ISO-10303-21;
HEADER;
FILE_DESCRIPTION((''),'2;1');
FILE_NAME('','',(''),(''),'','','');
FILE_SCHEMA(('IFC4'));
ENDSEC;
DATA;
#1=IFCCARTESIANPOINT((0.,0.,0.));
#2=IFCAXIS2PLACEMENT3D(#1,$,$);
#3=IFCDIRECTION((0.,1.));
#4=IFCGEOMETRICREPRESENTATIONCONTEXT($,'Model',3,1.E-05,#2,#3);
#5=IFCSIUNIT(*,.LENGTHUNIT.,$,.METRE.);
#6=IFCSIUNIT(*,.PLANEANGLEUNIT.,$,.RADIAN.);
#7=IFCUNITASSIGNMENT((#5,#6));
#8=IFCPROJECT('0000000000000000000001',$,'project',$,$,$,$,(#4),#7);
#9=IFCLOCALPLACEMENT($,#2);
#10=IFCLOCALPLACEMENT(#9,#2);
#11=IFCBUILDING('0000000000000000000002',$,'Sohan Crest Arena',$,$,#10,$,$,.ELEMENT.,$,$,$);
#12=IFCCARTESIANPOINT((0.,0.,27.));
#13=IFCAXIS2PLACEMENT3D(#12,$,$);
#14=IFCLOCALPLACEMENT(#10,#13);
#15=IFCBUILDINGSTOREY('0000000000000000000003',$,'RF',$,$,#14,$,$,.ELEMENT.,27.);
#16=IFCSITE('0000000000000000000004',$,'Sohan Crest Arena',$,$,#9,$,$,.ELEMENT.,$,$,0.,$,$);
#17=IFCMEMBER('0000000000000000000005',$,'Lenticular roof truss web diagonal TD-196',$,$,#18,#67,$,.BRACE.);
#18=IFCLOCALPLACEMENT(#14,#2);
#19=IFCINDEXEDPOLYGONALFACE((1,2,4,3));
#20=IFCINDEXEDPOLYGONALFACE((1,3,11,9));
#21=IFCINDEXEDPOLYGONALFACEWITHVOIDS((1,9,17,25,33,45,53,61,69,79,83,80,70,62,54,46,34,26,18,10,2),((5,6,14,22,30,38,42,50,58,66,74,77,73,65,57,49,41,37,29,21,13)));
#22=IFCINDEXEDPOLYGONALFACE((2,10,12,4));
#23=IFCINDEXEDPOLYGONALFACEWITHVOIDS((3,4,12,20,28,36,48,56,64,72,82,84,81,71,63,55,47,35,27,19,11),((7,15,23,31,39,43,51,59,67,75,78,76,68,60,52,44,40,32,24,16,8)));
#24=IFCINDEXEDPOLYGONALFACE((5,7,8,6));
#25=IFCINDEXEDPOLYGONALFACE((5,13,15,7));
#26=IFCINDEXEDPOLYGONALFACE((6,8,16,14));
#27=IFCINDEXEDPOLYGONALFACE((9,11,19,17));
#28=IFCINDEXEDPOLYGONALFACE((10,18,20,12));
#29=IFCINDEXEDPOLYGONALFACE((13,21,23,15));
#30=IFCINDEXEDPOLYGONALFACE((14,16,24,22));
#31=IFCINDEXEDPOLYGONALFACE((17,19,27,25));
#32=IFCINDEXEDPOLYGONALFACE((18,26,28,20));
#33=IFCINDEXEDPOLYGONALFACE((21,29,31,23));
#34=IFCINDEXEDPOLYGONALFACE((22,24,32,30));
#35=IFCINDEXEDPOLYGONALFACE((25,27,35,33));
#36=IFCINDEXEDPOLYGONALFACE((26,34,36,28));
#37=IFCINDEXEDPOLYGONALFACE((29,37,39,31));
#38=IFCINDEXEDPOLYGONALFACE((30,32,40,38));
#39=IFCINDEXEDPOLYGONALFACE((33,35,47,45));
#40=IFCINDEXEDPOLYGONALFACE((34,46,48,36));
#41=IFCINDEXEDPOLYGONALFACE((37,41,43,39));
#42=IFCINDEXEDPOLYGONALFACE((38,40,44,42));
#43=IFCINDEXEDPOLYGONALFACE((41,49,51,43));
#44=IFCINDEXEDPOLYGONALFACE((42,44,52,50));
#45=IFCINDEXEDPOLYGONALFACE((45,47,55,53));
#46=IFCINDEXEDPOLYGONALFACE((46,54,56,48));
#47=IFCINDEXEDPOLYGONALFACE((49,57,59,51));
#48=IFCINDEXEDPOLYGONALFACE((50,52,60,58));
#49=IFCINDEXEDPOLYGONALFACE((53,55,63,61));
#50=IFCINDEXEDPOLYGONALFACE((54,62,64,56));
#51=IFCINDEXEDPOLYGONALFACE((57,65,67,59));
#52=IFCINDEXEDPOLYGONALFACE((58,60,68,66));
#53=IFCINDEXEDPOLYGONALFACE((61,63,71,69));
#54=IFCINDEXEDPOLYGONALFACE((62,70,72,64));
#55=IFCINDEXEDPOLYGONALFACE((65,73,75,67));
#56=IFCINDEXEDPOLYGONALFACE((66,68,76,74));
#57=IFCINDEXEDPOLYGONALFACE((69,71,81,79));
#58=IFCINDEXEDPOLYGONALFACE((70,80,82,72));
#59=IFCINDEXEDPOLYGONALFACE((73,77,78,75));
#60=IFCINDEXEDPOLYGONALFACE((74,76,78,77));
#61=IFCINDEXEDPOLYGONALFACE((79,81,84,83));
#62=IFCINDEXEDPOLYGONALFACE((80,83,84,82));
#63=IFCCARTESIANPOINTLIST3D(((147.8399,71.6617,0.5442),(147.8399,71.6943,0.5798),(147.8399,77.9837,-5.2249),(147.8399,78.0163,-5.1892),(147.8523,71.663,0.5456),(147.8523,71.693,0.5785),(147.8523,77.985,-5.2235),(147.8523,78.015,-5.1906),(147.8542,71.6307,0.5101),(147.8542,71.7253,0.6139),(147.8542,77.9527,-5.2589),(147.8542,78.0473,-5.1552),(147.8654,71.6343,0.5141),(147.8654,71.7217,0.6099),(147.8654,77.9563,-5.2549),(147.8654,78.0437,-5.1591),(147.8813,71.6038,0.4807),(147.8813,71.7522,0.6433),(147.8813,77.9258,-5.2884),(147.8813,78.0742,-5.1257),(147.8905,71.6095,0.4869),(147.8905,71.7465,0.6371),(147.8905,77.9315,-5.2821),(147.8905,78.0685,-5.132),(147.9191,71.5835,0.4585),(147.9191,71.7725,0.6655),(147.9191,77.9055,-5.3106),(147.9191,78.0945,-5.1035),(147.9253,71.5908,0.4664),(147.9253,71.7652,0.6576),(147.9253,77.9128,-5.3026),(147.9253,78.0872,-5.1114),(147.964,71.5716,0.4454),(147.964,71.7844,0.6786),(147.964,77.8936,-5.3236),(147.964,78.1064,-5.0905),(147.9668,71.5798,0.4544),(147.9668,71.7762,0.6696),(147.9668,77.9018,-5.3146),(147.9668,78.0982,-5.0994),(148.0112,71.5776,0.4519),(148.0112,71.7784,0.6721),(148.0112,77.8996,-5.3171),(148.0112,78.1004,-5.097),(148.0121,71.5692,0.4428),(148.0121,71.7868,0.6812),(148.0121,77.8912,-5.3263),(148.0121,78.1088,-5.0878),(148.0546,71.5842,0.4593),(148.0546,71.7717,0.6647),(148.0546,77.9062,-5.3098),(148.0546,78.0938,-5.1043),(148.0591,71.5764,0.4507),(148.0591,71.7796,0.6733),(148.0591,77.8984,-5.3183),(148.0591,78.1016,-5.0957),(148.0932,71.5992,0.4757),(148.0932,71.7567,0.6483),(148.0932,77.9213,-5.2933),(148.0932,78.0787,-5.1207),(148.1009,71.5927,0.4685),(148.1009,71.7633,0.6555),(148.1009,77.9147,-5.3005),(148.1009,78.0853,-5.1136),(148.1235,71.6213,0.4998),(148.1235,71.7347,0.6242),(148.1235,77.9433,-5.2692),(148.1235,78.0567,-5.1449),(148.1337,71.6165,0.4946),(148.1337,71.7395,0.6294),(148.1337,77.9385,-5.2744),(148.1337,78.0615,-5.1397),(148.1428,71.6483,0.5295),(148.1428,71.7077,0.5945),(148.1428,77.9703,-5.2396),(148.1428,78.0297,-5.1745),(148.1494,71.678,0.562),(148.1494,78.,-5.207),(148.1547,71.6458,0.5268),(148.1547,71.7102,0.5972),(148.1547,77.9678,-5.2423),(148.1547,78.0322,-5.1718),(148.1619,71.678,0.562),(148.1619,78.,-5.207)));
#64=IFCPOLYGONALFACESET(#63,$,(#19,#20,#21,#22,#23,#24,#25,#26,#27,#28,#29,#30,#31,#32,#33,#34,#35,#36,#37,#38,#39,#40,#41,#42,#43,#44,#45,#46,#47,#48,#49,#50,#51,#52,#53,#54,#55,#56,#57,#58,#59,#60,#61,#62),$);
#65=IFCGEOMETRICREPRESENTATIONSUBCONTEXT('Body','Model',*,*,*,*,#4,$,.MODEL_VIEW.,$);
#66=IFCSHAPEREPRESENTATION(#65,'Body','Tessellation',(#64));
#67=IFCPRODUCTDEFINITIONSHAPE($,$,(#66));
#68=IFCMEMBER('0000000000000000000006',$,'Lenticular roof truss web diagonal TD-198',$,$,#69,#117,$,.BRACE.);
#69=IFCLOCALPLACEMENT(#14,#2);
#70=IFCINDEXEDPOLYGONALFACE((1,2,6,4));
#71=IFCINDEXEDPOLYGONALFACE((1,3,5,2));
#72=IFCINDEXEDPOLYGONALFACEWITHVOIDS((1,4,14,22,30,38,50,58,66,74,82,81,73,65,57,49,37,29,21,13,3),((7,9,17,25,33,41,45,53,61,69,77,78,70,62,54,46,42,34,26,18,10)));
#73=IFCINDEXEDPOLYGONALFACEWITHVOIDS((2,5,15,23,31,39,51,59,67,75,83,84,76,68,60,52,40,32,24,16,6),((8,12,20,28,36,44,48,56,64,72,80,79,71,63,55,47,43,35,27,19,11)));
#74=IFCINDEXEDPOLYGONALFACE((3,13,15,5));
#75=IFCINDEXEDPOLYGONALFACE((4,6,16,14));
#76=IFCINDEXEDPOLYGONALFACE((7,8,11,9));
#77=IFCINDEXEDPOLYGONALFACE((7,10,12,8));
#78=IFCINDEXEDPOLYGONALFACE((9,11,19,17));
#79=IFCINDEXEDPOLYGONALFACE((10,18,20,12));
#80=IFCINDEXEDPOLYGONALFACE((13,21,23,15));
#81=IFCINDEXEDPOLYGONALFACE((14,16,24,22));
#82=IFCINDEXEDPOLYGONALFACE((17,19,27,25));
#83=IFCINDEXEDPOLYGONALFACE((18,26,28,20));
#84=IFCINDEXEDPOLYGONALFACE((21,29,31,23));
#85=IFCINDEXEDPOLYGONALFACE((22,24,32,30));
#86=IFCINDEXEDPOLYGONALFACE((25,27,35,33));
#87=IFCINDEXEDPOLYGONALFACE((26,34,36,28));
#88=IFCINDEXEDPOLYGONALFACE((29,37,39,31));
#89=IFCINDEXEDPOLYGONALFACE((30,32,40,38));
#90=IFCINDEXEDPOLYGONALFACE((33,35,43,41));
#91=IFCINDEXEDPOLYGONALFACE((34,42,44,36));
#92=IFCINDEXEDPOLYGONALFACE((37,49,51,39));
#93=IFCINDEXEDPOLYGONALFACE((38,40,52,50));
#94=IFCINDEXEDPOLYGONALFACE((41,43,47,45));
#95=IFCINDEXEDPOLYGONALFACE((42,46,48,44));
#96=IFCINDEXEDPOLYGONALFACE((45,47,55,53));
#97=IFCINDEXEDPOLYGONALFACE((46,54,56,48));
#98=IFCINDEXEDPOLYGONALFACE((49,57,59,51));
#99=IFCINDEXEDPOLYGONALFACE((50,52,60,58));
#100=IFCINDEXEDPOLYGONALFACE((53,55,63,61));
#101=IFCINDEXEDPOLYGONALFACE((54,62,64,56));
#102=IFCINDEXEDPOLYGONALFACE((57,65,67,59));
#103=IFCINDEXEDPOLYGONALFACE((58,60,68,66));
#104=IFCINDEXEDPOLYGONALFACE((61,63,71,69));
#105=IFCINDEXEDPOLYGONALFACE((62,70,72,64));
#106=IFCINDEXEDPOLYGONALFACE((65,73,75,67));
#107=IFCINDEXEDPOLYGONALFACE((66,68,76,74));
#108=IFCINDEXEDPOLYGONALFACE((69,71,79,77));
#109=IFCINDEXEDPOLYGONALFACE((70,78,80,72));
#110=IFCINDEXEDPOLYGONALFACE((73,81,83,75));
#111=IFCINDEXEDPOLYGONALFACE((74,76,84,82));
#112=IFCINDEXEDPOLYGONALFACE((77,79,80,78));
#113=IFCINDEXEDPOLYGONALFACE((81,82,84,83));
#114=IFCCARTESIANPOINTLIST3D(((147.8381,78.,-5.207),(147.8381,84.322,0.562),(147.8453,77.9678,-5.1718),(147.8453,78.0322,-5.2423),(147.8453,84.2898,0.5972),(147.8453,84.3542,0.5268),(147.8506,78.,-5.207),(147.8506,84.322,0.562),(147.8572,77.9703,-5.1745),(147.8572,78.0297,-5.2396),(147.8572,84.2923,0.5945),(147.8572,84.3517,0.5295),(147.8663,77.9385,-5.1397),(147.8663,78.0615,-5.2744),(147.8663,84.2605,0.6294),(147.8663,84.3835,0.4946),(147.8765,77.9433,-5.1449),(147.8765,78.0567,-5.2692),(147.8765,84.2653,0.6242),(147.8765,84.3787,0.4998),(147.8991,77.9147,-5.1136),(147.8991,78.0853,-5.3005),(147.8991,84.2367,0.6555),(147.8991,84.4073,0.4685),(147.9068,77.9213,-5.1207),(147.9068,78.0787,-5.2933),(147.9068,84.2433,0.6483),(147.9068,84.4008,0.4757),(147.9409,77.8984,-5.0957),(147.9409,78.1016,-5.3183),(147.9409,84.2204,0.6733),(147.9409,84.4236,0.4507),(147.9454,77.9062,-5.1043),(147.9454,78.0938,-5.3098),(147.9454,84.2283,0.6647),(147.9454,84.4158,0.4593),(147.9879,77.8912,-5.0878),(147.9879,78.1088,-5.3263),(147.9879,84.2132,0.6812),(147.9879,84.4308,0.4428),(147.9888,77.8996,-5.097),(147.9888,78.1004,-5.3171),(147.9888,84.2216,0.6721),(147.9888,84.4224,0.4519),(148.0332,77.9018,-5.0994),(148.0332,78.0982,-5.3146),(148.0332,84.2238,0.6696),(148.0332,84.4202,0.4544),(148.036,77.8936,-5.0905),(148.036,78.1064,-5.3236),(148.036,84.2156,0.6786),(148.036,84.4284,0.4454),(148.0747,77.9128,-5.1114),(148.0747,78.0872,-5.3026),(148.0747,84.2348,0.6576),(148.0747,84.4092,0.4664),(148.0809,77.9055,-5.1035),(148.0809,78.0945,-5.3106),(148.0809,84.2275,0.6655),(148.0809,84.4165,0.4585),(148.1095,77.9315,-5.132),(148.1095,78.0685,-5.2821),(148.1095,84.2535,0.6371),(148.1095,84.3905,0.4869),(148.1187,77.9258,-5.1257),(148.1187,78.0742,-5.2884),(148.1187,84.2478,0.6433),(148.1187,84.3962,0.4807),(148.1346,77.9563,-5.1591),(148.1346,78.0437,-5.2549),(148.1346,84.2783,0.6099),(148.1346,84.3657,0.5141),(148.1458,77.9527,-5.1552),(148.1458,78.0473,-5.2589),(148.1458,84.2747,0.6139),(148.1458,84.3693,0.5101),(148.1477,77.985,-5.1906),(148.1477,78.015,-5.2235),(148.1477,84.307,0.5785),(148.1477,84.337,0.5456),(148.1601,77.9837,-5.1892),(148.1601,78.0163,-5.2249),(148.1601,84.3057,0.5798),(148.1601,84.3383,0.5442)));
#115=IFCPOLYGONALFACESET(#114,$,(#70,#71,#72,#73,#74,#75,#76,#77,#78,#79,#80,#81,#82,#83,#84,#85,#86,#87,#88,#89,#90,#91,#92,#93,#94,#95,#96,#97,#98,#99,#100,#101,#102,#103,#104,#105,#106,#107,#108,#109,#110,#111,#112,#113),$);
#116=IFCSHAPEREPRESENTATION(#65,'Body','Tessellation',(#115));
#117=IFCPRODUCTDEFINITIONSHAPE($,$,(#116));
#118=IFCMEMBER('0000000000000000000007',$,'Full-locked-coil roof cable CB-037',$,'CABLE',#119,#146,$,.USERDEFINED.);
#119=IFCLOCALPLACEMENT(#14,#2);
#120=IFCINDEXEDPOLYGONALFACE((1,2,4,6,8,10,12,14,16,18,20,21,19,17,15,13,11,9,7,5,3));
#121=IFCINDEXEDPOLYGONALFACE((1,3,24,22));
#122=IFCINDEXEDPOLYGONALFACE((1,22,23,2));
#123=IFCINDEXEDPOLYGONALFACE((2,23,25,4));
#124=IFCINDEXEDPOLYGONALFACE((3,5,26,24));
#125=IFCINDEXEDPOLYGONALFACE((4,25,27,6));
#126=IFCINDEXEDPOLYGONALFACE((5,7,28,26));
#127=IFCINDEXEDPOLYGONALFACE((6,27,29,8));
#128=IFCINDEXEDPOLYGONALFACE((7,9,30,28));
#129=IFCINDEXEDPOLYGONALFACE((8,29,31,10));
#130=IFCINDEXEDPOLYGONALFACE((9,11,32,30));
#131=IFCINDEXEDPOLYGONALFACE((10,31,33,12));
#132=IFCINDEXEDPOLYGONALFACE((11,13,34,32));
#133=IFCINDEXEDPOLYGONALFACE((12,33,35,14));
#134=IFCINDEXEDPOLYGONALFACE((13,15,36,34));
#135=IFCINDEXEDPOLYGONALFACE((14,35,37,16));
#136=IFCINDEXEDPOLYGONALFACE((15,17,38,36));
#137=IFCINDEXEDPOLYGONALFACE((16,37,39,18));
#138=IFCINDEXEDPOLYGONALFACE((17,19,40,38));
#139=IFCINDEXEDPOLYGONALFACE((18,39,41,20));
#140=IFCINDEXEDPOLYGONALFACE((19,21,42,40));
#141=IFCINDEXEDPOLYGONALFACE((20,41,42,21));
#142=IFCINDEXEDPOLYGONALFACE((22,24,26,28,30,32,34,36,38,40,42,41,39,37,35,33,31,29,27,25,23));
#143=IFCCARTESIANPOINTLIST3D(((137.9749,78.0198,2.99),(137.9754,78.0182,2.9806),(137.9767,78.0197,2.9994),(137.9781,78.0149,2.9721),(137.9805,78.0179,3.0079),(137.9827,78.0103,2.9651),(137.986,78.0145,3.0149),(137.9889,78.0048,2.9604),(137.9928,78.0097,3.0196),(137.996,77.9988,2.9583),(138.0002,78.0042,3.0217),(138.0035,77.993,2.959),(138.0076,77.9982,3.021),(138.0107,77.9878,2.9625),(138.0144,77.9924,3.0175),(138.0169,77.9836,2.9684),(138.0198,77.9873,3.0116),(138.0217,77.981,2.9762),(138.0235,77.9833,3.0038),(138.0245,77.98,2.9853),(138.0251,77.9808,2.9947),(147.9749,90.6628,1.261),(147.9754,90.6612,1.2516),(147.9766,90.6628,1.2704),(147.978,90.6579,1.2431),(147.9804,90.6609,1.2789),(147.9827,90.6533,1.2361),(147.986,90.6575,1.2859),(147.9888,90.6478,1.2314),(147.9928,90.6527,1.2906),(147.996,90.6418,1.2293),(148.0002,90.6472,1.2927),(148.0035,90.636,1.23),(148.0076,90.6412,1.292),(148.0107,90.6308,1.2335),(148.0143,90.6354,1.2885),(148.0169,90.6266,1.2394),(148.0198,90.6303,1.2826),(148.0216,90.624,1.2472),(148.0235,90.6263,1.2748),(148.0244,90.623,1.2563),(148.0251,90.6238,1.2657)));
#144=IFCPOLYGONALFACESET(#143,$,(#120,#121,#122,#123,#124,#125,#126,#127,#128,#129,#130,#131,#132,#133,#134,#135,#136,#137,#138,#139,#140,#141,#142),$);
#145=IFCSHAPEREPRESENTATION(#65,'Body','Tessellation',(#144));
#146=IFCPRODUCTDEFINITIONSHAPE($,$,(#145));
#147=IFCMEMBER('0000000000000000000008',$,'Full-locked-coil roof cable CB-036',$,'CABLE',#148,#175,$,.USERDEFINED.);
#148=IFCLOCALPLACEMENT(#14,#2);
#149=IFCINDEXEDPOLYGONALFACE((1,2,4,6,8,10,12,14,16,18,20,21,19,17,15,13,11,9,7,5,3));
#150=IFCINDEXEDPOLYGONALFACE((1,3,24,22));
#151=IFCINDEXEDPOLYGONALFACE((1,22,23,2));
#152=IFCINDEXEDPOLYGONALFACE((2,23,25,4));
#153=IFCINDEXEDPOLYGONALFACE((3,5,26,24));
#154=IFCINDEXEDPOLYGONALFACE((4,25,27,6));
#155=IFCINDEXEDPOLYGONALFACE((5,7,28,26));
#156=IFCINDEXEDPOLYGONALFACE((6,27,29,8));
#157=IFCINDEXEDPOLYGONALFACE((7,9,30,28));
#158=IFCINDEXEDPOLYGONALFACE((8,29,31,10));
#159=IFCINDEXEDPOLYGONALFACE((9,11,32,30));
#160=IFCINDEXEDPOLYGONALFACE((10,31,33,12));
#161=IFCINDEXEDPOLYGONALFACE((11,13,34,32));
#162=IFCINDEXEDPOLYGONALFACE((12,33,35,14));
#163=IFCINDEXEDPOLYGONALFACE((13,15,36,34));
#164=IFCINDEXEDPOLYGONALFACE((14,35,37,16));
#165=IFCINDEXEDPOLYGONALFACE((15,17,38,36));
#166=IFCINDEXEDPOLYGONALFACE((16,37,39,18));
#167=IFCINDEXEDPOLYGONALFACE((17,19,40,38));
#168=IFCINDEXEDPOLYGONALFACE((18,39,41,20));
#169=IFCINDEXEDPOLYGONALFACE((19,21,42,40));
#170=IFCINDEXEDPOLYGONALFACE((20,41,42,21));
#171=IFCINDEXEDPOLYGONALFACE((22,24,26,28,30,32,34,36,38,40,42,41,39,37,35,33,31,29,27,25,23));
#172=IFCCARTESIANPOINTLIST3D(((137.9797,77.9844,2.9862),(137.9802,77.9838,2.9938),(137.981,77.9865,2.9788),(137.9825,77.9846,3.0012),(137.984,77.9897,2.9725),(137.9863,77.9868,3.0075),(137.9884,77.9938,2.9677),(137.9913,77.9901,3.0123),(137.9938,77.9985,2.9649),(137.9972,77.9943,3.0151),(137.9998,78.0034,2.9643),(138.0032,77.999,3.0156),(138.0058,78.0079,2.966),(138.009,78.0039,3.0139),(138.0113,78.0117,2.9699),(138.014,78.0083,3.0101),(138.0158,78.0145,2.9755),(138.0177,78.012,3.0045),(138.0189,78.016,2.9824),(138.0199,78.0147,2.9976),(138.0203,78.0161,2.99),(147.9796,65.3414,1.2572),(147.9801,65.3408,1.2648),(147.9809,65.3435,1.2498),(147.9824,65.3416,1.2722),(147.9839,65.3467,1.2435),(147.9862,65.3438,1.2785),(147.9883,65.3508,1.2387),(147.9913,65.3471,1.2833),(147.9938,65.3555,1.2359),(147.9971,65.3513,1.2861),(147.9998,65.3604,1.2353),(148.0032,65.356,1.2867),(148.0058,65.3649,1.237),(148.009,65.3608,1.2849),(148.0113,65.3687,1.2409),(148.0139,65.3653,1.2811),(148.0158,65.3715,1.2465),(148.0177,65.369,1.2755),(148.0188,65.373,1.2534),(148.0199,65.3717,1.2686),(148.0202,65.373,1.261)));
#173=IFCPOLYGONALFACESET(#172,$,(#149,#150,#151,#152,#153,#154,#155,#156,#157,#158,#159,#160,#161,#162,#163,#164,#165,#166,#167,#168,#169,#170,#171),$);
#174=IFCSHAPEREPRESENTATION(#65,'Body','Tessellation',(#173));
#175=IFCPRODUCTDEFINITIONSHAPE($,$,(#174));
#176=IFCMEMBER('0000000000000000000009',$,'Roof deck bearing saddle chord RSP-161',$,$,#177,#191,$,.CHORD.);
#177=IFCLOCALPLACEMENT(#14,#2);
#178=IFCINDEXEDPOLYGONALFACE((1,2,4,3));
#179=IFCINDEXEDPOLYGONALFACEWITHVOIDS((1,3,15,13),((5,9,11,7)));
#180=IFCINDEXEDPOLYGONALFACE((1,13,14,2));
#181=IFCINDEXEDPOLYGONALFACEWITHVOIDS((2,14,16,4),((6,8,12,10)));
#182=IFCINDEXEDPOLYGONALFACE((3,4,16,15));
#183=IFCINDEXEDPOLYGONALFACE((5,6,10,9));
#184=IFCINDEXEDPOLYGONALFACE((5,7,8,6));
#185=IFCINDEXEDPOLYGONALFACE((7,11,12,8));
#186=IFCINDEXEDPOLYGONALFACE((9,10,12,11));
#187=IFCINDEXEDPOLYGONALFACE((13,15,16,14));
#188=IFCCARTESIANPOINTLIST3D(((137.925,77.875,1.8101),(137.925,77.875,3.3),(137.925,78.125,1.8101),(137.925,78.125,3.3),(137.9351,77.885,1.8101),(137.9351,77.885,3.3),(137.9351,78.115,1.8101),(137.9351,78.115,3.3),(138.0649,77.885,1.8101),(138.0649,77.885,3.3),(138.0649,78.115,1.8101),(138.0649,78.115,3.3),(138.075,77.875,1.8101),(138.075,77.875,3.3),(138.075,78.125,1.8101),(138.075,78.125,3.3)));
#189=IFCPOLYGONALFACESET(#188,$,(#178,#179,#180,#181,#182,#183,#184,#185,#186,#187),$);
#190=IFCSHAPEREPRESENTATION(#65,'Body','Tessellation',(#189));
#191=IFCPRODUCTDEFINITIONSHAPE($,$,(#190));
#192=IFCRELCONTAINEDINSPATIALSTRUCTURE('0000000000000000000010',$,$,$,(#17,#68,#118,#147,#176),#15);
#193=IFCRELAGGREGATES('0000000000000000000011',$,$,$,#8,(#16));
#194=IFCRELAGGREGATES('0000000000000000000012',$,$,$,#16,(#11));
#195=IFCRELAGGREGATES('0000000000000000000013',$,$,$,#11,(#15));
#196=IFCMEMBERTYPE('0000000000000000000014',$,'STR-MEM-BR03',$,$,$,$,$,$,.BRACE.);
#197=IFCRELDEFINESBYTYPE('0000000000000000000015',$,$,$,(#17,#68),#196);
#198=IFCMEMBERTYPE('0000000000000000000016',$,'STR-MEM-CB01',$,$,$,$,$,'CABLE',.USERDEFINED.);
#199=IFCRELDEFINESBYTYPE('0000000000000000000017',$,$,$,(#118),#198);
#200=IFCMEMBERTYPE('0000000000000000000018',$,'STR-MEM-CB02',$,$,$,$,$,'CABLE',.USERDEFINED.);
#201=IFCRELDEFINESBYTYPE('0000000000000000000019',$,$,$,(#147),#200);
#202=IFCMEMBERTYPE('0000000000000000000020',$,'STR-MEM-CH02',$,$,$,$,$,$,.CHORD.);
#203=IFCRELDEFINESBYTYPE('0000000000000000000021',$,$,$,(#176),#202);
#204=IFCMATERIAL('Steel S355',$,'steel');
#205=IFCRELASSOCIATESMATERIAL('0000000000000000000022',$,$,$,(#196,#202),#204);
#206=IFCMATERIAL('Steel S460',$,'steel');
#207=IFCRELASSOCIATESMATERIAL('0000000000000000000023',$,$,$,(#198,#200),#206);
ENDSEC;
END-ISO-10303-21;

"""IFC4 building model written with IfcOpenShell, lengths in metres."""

from ifc_helpers import new_model, si_unit, direction, frame, origin, origin_2d, place, context, subcontext, project, spatial, hollow_rectangle, circle, hollow_circle, extrude, material, material_profile, profile_set, type_object, element, save


model = new_model("IFC4")

# Units and contexts
model_context = context("Model", 3, precision=1e-05, world=origin(), true_north=direction((0.0, 1.0)))
body_context = subcontext(model_context, "Body", "Model", "MODEL_VIEW")
ifc_project = project(units=[si_unit("LENGTHUNIT", "METRE"), si_unit("PLANEANGLEUNIT", "RADIAN")], contexts=[model_context])

# Site, building, storey
site_placement = place(None, origin())
site = spatial("IfcSite", under=ifc_project, at=site_placement, Name="Sohan Crest Arena", CompositionType="ELEMENT", RefElevation=0.0)
building_placement = place(site_placement, origin())
building = spatial("IfcBuilding", under=site, at=building_placement, Name="Sohan Crest Arena", CompositionType="ELEMENT")
storey_placement = place(building_placement, frame((0.0, 0.0, 27.0)))
storey = spatial("IfcBuildingStorey", under=building, at=storey_placement, Name="RF", CompositionType="ELEMENT", Elevation=27.0)

# Shared definitions
ifc_material_1 = material(Name="Steel S355", Category="steel")

# Members
ifc_material_profile_1 = material_profile(ifc_material_1, hollow_circle(Radius=0.1619, WallThickness=0.0125, at=origin_2d()), Name="CHS 323.9x12.5")
ifc_profile_set_1 = profile_set([ifc_material_profile_1], Name="Steel S355")
member_type_1 = type_object("IfcMemberType", Name="STR-MEM-BR03", PredefinedType="BRACE", material=ifc_profile_set_1)
for number, where, z_axis, x_axis, name in (
    (1, (148.0, 78.0, -5.207), (0.0, -0.738674, 0.674063), (1.0, 0.0, 0.0), "Lenticular roof truss web diagonal TD-196"),
    (2, (148.0, 78.0, -5.207), (0.0, 0.738674, 0.674063), (-1.0, 0.0, 0.0), "Lenticular roof truss web diagonal TD-198"),
):
    element("IfcMember", number, at=place(storey_placement, frame(where, z_axis=z_axis, x_axis=x_axis)), inside=storey, type_object=member_type_1, Name=name, PredefinedType="BRACE", context=body_context, shape_type="SweptSolid", body=[
        extrude(hollow_circle(Radius=0.1619, WallThickness=0.0125, at=origin_2d()), origin(), (0.0, 0.0, 1.0), 8.5586),
    ])
ifc_material_2 = material(Name="Steel S460", Category="steel")
ifc_material_profile_2 = material_profile(ifc_material_2, circle(Radius=0.032, at=origin_2d()), Name="FLC D64")
ifc_profile_set_2 = profile_set([ifc_material_profile_2], Name="Steel S460")
member_type_2 = type_object("IfcMemberType", Name="STR-MEM-CB01", ElementType="CABLE", PredefinedType="USERDEFINED", material=ifc_profile_set_2)
member_1_placement = place(storey_placement, frame((138.0, 78.0, 2.99), z_axis=(0.616818, 0.779847, -0.106648), x_axis=(-0.78432, 0.620356, 0.0)))
element("IfcMember", 3, at=member_1_placement, inside=storey, type_object=member_type_2, Name="Full-locked-coil roof cable CB-037", ObjectType="CABLE", PredefinedType="USERDEFINED", context=body_context, shape_type="SweptSolid", body=[
    extrude(circle(Radius=0.032, at=origin_2d()), origin(), (0.0, 0.0, 1.0), 16.2122),
])
ifc_material_profile_3 = material_profile(ifc_material_2, circle(Radius=0.0259, at=origin_2d()), Name="FLC D52")
ifc_profile_set_3 = profile_set([ifc_material_profile_3], Name="Steel S460")
member_type_3 = type_object("IfcMemberType", Name="STR-MEM-CB02", ElementType="CABLE", PredefinedType="USERDEFINED", material=ifc_profile_set_3)
member_2_placement = place(storey_placement, frame((138.0, 78.0, 2.99), z_axis=(0.616818, -0.779847, -0.106648), x_axis=(0.78432, 0.620356, 0.0)))
element("IfcMember", 4, at=member_2_placement, inside=storey, type_object=member_type_3, Name="Full-locked-coil roof cable CB-036", ObjectType="CABLE", PredefinedType="USERDEFINED", context=body_context, shape_type="SweptSolid", body=[
    extrude(circle(Radius=0.0259, at=origin_2d()), origin(), (0.0, 0.0, 1.0), 16.2122),
])
ifc_material_profile_4 = material_profile(ifc_material_1, hollow_rectangle(XDim=0.1499, YDim=0.25, WallThickness=0.01, at=origin_2d()), Name="RHS 250x150x10")
ifc_profile_set_4 = profile_set([ifc_material_profile_4], Name="Steel S355")
member_type_4 = type_object("IfcMemberType", Name="STR-MEM-CH02", PredefinedType="CHORD", material=ifc_profile_set_4)
member_3_placement = place(storey_placement, frame((138.0, 78.0, 1.8101), z_axis=(0.0, 0.0, 1.0), x_axis=(1.0, 0.0, 0.0)))
element("IfcMember", 5, at=member_3_placement, inside=storey, type_object=member_type_4, Name="Roof deck bearing saddle chord RSP-161", PredefinedType="CHORD", context=body_context, shape_type="SweptSolid", body=[
    extrude(hollow_rectangle(XDim=0.1499, YDim=0.25, WallThickness=0.01, at=origin_2d()), origin(), (0.0, 0.0, 1.0), 1.49),
])

save(model, "model.ifc")
